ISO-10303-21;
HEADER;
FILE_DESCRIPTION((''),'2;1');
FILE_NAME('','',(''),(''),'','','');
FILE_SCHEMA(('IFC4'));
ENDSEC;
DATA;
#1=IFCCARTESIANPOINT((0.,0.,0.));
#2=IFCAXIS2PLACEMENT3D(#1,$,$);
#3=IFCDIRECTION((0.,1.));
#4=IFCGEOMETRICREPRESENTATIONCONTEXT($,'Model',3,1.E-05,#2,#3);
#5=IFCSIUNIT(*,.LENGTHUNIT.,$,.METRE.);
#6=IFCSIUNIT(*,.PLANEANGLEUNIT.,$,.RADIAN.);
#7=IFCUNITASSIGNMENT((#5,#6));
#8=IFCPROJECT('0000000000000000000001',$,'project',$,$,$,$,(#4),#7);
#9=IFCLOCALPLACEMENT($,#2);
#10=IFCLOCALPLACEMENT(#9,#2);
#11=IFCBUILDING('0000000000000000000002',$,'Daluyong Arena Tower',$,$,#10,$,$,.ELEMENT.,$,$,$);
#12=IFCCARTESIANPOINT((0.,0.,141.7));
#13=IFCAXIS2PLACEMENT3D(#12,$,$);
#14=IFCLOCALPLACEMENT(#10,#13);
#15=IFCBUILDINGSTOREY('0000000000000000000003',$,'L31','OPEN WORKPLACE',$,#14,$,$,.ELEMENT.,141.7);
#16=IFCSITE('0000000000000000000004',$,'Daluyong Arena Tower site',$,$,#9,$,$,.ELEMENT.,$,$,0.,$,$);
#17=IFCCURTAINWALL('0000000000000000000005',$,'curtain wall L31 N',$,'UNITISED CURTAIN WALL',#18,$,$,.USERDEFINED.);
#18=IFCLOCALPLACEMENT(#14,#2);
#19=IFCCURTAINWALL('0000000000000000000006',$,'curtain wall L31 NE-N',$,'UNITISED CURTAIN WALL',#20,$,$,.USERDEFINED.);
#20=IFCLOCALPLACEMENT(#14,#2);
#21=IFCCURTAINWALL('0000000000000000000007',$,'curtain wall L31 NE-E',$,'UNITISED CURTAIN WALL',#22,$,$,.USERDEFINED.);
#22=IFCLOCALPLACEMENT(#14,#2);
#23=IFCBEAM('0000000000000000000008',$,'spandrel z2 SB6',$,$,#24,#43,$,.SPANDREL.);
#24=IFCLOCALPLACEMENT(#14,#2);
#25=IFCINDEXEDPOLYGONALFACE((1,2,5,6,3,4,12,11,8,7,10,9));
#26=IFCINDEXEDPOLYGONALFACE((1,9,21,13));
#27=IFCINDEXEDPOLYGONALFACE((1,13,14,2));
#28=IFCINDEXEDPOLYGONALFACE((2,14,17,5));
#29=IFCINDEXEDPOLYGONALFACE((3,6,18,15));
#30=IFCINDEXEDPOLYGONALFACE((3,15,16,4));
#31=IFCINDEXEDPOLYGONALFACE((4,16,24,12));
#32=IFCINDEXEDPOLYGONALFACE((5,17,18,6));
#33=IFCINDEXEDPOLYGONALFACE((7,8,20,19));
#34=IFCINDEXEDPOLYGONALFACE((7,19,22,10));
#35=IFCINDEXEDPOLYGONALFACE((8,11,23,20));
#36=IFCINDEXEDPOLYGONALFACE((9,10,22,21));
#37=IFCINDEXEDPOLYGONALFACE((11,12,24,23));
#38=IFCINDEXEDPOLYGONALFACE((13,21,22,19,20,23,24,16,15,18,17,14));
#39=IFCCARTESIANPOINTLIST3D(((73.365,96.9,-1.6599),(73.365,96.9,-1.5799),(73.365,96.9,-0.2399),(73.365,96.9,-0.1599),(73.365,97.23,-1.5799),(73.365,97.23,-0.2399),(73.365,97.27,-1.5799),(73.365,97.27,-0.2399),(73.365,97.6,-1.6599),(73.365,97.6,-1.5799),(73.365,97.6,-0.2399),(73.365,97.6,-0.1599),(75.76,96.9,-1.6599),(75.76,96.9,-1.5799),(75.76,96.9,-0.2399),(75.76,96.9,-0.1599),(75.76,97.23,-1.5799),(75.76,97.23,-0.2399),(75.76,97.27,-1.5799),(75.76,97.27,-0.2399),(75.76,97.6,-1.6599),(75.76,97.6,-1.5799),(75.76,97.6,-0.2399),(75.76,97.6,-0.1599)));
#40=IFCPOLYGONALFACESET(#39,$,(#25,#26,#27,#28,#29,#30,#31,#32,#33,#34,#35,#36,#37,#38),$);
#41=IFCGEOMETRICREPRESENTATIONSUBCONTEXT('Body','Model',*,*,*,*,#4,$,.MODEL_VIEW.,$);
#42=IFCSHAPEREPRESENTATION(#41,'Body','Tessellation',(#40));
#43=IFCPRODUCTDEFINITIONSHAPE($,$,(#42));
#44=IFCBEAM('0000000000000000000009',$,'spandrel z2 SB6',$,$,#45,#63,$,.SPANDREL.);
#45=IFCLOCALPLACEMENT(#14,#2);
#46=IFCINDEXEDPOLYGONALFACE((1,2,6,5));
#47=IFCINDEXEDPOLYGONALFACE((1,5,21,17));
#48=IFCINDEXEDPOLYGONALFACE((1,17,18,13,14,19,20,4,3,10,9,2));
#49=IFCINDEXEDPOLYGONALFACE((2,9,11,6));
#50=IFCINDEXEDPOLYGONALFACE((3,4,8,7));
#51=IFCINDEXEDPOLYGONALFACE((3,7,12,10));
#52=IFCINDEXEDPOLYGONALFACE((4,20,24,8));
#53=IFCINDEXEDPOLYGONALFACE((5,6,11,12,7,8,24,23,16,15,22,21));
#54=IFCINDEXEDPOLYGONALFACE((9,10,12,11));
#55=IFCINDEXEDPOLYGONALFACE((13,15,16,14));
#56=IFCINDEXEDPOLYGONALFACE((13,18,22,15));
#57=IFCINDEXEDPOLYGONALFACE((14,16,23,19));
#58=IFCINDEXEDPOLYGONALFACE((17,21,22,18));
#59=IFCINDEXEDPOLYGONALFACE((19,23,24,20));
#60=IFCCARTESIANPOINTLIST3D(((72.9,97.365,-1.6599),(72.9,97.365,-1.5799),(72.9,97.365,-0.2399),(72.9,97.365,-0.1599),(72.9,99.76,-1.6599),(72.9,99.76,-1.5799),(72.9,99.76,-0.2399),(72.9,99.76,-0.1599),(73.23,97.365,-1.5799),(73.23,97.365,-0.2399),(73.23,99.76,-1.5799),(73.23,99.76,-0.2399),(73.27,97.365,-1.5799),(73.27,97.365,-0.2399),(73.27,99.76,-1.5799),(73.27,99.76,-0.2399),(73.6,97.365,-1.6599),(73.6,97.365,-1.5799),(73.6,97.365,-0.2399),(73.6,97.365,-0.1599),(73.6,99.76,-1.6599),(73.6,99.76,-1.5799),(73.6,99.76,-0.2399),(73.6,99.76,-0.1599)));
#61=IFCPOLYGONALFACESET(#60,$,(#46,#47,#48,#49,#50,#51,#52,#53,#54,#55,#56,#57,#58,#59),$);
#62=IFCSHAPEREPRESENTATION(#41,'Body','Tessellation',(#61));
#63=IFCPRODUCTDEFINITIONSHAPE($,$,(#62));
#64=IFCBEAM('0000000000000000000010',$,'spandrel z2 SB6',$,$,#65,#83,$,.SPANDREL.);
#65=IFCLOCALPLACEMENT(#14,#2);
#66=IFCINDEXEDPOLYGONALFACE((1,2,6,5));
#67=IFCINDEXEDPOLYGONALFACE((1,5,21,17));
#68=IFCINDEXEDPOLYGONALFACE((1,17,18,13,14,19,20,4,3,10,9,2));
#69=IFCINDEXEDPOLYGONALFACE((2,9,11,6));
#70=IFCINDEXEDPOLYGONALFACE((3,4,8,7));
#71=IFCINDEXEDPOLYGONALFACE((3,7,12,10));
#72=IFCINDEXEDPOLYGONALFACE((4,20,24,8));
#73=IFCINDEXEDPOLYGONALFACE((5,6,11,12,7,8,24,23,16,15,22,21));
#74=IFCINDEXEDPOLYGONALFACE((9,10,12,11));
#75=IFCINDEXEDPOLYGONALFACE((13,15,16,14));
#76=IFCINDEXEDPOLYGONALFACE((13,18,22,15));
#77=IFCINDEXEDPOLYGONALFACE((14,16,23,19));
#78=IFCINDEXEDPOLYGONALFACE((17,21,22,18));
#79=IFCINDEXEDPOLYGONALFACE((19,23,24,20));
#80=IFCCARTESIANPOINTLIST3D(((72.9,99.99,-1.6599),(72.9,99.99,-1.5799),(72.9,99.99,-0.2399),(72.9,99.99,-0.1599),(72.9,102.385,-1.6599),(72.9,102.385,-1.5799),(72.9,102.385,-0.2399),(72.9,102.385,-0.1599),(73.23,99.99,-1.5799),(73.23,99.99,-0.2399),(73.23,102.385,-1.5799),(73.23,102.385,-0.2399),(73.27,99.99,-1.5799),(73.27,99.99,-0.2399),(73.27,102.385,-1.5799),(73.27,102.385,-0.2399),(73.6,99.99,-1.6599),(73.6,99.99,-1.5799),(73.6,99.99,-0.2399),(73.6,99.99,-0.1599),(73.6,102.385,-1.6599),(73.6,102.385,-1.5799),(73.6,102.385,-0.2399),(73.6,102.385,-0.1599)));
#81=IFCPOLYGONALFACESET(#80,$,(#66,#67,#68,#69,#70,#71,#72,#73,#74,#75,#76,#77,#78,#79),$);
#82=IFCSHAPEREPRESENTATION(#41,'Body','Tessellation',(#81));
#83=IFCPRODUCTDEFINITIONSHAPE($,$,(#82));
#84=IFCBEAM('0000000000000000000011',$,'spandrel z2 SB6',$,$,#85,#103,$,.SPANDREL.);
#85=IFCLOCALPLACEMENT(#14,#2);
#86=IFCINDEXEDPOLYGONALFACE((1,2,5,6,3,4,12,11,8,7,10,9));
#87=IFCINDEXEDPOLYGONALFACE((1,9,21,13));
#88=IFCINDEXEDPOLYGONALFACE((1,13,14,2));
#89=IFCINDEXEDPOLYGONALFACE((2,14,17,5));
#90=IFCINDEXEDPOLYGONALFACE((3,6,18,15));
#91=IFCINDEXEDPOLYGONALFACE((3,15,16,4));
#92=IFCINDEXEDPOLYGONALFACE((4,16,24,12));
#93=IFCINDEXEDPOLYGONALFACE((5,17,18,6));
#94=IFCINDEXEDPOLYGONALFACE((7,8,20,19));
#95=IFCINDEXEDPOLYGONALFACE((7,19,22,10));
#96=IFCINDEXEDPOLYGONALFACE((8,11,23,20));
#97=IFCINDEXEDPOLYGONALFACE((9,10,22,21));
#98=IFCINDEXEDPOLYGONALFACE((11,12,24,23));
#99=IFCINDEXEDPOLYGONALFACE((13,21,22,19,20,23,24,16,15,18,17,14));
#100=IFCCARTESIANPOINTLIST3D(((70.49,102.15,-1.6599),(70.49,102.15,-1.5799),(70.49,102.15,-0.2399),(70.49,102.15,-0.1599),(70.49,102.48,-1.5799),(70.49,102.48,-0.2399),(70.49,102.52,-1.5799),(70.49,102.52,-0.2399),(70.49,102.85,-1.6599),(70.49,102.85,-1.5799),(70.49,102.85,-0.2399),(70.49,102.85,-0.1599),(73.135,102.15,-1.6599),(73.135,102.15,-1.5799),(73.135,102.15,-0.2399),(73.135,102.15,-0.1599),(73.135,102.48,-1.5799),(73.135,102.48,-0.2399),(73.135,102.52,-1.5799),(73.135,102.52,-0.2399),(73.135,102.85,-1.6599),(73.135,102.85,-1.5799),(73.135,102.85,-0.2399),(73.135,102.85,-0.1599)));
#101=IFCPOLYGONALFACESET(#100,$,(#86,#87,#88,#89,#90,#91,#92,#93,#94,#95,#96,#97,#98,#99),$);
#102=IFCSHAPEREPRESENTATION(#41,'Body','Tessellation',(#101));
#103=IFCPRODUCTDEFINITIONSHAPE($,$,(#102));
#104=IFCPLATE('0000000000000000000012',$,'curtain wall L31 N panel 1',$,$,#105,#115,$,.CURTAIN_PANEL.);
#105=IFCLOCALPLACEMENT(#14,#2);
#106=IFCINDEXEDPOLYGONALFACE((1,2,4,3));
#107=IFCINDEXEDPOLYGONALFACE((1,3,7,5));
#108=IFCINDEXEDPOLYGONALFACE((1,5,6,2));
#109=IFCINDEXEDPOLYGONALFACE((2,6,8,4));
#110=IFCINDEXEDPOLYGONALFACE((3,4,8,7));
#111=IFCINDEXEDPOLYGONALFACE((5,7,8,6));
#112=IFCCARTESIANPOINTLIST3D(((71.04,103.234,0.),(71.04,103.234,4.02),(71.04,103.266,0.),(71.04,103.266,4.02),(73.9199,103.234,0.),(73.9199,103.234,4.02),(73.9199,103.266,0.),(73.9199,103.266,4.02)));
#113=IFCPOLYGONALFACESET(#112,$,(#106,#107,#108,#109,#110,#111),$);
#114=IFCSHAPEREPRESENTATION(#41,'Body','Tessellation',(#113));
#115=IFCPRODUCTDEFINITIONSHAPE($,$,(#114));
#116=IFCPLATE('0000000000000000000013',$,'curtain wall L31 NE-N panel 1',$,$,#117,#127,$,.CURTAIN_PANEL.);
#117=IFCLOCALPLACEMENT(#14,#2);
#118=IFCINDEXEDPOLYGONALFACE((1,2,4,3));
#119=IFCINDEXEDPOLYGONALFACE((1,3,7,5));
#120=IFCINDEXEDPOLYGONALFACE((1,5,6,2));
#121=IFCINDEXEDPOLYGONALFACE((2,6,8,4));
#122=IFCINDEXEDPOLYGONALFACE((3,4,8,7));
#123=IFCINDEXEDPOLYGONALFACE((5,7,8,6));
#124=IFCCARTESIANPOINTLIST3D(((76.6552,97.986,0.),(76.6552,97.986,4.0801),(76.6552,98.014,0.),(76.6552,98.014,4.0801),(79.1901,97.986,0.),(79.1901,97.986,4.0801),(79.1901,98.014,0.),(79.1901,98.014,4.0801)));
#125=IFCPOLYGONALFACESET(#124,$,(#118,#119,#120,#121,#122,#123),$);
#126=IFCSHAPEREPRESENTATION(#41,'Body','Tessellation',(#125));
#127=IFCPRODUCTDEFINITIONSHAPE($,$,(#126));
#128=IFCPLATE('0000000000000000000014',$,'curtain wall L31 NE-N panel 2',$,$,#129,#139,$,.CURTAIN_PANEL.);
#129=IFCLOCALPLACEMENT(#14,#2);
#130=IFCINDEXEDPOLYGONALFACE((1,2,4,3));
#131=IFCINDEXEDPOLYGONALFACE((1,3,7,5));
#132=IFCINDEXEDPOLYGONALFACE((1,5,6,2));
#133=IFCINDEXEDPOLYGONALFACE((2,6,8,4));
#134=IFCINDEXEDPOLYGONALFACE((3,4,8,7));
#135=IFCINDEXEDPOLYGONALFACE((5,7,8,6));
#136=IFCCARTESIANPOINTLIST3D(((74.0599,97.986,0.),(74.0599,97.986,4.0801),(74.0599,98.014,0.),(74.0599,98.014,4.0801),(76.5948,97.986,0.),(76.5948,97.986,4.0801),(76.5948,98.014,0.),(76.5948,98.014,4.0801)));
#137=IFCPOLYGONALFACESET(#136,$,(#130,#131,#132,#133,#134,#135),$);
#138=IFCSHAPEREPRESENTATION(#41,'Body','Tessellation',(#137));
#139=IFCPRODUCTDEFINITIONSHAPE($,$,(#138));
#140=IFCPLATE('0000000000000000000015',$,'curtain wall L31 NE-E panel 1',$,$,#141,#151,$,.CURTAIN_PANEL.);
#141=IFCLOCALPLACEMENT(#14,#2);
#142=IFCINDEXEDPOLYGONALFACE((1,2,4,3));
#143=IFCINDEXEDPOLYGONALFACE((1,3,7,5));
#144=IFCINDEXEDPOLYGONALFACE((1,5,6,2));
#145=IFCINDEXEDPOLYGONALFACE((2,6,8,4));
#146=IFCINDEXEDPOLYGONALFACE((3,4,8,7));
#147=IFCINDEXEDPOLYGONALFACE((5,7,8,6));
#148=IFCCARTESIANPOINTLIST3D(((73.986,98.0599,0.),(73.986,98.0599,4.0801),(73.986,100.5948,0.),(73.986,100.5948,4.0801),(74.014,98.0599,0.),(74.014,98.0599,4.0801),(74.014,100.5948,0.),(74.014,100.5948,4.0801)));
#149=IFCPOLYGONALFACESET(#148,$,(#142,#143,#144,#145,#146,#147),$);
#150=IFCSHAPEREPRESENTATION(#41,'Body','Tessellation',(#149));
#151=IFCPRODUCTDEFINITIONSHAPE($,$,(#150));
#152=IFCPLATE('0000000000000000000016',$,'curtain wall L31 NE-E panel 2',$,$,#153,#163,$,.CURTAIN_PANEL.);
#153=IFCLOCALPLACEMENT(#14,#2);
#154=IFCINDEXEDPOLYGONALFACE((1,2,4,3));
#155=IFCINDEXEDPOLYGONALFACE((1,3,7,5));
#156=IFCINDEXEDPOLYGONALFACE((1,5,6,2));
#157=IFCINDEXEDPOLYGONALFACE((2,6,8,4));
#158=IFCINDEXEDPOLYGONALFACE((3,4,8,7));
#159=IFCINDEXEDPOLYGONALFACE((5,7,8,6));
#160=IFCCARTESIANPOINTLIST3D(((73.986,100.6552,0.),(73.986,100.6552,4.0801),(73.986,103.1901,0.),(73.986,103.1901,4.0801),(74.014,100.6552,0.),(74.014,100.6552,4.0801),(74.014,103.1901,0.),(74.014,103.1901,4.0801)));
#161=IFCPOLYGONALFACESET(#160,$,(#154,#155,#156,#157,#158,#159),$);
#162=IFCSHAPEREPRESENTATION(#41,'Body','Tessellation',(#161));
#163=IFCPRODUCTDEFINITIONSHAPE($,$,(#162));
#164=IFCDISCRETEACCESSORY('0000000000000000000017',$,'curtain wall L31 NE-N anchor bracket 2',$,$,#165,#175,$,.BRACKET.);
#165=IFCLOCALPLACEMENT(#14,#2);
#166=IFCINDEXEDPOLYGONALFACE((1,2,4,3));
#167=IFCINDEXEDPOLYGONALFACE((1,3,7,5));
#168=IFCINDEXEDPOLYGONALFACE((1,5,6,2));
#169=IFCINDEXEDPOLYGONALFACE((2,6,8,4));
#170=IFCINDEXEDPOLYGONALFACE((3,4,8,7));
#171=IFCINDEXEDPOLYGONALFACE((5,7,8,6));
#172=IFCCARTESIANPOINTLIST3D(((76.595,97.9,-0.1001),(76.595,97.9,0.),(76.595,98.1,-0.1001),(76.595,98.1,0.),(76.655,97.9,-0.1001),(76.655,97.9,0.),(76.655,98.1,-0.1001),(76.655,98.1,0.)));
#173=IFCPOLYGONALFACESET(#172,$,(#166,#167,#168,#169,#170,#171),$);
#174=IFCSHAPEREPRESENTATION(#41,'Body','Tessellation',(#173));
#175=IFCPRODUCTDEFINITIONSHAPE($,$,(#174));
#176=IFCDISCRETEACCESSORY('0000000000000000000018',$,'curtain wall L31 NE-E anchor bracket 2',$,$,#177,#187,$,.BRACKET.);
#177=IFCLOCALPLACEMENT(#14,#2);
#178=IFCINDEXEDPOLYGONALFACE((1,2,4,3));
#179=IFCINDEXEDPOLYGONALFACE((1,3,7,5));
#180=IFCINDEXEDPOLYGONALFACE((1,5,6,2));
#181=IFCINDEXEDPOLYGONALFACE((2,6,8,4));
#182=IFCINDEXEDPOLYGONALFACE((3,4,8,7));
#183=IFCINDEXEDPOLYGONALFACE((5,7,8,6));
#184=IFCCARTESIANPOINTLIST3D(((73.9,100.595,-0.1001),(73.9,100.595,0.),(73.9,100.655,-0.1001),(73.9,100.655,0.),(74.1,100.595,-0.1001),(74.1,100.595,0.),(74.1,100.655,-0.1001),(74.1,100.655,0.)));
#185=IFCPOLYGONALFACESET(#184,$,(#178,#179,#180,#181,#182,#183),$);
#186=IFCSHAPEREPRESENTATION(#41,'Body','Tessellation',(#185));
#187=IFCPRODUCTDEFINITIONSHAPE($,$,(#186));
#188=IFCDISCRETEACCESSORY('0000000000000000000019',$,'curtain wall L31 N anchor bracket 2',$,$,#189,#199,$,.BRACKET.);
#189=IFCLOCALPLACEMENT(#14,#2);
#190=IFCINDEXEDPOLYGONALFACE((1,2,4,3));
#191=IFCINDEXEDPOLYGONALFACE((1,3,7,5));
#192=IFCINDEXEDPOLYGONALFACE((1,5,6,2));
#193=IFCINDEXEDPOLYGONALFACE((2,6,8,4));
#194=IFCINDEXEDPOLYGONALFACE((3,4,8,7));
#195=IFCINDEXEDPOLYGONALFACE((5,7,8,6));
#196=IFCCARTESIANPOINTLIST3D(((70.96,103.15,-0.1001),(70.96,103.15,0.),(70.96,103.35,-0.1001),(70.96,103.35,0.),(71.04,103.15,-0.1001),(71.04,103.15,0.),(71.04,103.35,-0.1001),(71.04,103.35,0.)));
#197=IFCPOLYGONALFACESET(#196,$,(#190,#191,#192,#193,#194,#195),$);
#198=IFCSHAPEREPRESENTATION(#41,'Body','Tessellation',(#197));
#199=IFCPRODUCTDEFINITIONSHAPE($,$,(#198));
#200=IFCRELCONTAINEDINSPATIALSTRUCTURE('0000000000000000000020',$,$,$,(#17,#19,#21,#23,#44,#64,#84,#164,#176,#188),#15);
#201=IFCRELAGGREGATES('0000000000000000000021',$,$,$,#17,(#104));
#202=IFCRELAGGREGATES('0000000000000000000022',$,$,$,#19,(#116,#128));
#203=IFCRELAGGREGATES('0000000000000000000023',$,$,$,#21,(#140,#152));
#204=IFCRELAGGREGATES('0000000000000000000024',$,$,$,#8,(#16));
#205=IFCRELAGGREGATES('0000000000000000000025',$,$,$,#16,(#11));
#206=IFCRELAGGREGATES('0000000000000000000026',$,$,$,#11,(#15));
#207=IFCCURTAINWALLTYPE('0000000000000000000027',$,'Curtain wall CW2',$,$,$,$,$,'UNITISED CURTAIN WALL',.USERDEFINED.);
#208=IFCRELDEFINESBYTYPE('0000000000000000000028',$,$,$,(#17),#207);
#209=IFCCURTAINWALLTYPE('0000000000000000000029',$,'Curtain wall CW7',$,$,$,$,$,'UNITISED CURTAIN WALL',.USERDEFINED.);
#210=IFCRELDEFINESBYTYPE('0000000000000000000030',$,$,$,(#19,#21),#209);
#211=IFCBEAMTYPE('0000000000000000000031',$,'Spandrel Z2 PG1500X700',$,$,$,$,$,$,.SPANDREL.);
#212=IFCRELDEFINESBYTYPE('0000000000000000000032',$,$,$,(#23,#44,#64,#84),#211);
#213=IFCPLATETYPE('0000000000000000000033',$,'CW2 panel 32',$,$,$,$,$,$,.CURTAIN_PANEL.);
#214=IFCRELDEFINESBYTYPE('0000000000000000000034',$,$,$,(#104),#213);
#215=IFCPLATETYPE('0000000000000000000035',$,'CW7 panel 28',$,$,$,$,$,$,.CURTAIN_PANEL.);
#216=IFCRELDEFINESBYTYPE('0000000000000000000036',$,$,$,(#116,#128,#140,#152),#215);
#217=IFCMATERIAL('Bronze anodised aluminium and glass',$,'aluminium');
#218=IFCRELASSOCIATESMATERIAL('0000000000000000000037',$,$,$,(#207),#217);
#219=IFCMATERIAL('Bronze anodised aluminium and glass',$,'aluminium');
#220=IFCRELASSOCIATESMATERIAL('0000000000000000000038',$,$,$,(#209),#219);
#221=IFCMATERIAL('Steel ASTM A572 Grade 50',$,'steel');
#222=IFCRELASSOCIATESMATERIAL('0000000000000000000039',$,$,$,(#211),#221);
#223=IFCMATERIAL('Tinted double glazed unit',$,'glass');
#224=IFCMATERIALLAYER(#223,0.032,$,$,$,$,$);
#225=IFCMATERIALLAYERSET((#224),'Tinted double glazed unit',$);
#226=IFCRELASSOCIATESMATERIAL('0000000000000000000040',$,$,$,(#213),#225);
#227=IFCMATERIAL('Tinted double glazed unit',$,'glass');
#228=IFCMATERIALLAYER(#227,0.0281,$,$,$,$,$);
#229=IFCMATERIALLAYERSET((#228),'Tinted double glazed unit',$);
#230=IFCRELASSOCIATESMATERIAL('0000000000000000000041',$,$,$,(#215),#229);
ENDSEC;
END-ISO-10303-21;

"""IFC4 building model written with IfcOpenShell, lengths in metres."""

from ifc_helpers import new_model, si_unit, direction, frame, origin, origin_2d, place, context, subcontext, project, spatial, rectangle, i_section, extrude, material, layer, layer_set, material_profile, profile_set, type_object, element, aggregate, save


model = new_model("IFC4")

# Units and contexts
model_context = context("Model", 3, precision=1e-05, world=origin(), true_north=direction((0.0, 1.0)))
body_context = subcontext(model_context, "Body", "Model", "MODEL_VIEW")
ifc_project = project(units=[si_unit("LENGTHUNIT", "METRE"), si_unit("PLANEANGLEUNIT", "RADIAN")], contexts=[model_context])

# Site, building, storey
site_placement = place(None, origin())
site = spatial("IfcSite", under=ifc_project, at=site_placement, Name="Daluyong Arena Tower site", CompositionType="ELEMENT", RefElevation=0.0)
building_placement = place(site_placement, origin())
building = spatial("IfcBuilding", under=site, at=building_placement, Name="Daluyong Arena Tower", CompositionType="ELEMENT")
storey_placement = place(building_placement, frame((0.0, 0.0, 141.7)))
storey = spatial("IfcBuildingStorey", under=building, at=storey_placement, Name="L31", Description="OPEN WORKPLACE", CompositionType="ELEMENT", Elevation=141.7)

# Shared definitions
ifc_material_1 = material(Name="Bronze anodised aluminium and glass", Category="aluminium")
curtain_wall_type_1 = type_object("IfcCurtainWallType", Name="Curtain wall CW2", ElementType="UNITISED CURTAIN WALL", PredefinedType="USERDEFINED", material=ifc_material_1)

# Curtain walls
curtain_wall_1_placement = place(storey_placement, origin())
curtain_wall_1 = element("IfcCurtainWall", 1, at=curtain_wall_1_placement, inside=storey, type_object=curtain_wall_type_1, Name="curtain wall L31 N", ObjectType="UNITISED CURTAIN WALL", PredefinedType="USERDEFINED")
ifc_material_2 = material(Name="Bronze anodised aluminium and glass", Category="aluminium")
curtain_wall_type_2 = type_object("IfcCurtainWallType", Name="Curtain wall CW7", ElementType="UNITISED CURTAIN WALL", PredefinedType="USERDEFINED", material=ifc_material_2)
curtain_wall_2_placement = place(storey_placement, origin())
curtain_wall_2 = element("IfcCurtainWall", 2, at=curtain_wall_2_placement, inside=storey, type_object=curtain_wall_type_2, Name="curtain wall L31 NE-N", ObjectType="UNITISED CURTAIN WALL", PredefinedType="USERDEFINED")
curtain_wall_3_placement = place(storey_placement, origin())
curtain_wall_3 = element("IfcCurtainWall", 3, at=curtain_wall_3_placement, inside=storey, type_object=curtain_wall_type_2, Name="curtain wall L31 NE-E", ObjectType="UNITISED CURTAIN WALL", PredefinedType="USERDEFINED")

# Beams
ifc_material_3 = material(Name="Steel ASTM A572 Grade 50", Category="steel")
ifc_material_profile_1 = material_profile(ifc_material_3, i_section(OverallWidth=0.7, OverallDepth=1.5, WebThickness=0.04, FlangeThickness=0.08, at=origin_2d()))
ifc_profile_set_1 = profile_set([ifc_material_profile_1], Name="Steel ASTM A572 Grade 50")
beam_type_1 = type_object("IfcBeamType", Name="Spandrel Z2 PG1500X700", PredefinedType="SPANDREL", material=ifc_profile_set_1)
for number, where, z_axis, x_axis, name in (
    (4, (75.76, 97.25, -0.9099), (-1.0, 0.0, 0.0), (0.0, -1.0, 0.0), "spandrel z2 SB6"),
    (5, (73.25, 97.365, -0.9099), (0.0, 1.0, 0.0), (-1.0, 0.0, 0.0), "spandrel z2 SB6"),
    (6, (73.25, 99.99, -0.9099), (0.0, 1.0, 0.0), (-1.0, 0.0, 0.0), "spandrel z2 SB6"),
):
    element("IfcBeam", number, at=place(storey_placement, frame(where, z_axis=z_axis, x_axis=x_axis)), inside=storey, type_object=beam_type_1, Name=name, PredefinedType="SPANDREL", context=body_context, shape_type="SweptSolid", body=[
        extrude(i_section(OverallWidth=0.7, OverallDepth=1.5, WebThickness=0.04, FlangeThickness=0.08, at=origin_2d()), origin(), (0.0, 0.0, 1.0), 2.395),
    ])
beam_1_placement = place(storey_placement, frame((73.135, 102.5, -0.9099), z_axis=(-1.0, 0.0, 0.0), x_axis=(0.0, -1.0, 0.0)))
element("IfcBeam", 7, at=beam_1_placement, inside=storey, type_object=beam_type_1, Name="spandrel z2 SB6", PredefinedType="SPANDREL", context=body_context, shape_type="SweptSolid", body=[
    extrude(i_section(OverallWidth=0.7, OverallDepth=1.5, WebThickness=0.04, FlangeThickness=0.08, at=origin_2d()), origin(), (0.0, 0.0, 1.0), 2.645),
])

# Plates
ifc_material_4 = material(Name="Tinted double glazed unit", Category="glass")
ifc_layer_1 = layer(ifc_material_4, 0.032)
ifc_layer_set_1 = layer_set([ifc_layer_1], Name="Tinted double glazed unit")
plate_type_1 = type_object("IfcPlateType", Name="CW2 panel 32", PredefinedType="CURTAIN_PANEL", material=ifc_layer_set_1)
plate_1_placement = place(storey_placement, frame((72.48, 103.25, 0.0), z_axis=(0.0, 0.0, 1.0), x_axis=(-1.0, 0.0, 0.0)))
plate_1 = element("IfcPlate", 8, at=plate_1_placement, type_object=plate_type_1, Name="curtain wall L31 N panel 1", PredefinedType="CURTAIN_PANEL", context=body_context, shape_type="SweptSolid", body=[
    extrude(rectangle(XDim=2.8799, YDim=0.032, at=origin_2d()), origin(), (0.0, 0.0, 1.0), 4.02),
])
aggregate(curtain_wall_1, [plate_1])
ifc_material_5 = material(Name="Tinted double glazed unit", Category="glass")
ifc_layer_2 = layer(ifc_material_5, 0.0281)
ifc_layer_set_2 = layer_set([ifc_layer_2], Name="Tinted double glazed unit")
plate_type_2 = type_object("IfcPlateType", Name="CW7 panel 28", PredefinedType="CURTAIN_PANEL", material=ifc_layer_set_2)
plate_2_placement = place(storey_placement, frame((77.9226, 98.0, 0.0), z_axis=(0.0, 0.0, 1.0), x_axis=(-1.0, 0.0, 0.0)))
plate_2 = element("IfcPlate", 9, at=plate_2_placement, type_object=plate_type_2, Name="curtain wall L31 NE-N panel 1", PredefinedType="CURTAIN_PANEL", context=body_context, shape_type="SweptSolid", body=[
    extrude(rectangle(XDim=2.5349, YDim=0.0281, at=origin_2d()), origin(), (0.0, 0.0, 1.0), 4.0801),
])
plate_3_placement = place(storey_placement, frame((75.3274, 98.0, 0.0), z_axis=(0.0, 0.0, 1.0), x_axis=(-1.0, 0.0, 0.0)))
plate_3 = element("IfcPlate", 10, at=plate_3_placement, type_object=plate_type_2, Name="curtain wall L31 NE-N panel 2", PredefinedType="CURTAIN_PANEL", context=body_context, shape_type="SweptSolid", body=[
    extrude(rectangle(XDim=2.5349, YDim=0.0281, at=origin_2d()), origin(), (0.0, 0.0, 1.0), 4.0801),
])
aggregate(curtain_wall_2, [plate_2, plate_3])
plate_4_placement = place(storey_placement, frame((74.0, 99.3274, 0.0), z_axis=(0.0, 0.0, 1.0), x_axis=(0.0, 1.0, 0.0)))
plate_4 = element("IfcPlate", 11, at=plate_4_placement, type_object=plate_type_2, Name="curtain wall L31 NE-E panel 1", PredefinedType="CURTAIN_PANEL", context=body_context, shape_type="SweptSolid", body=[
    extrude(rectangle(XDim=2.5349, YDim=0.0281, at=origin_2d()), origin(), (0.0, 0.0, 1.0), 4.0801),
])
plate_5_placement = place(storey_placement, frame((74.0, 101.9226, 0.0), z_axis=(0.0, 0.0, 1.0), x_axis=(0.0, 1.0, 0.0)))
plate_5 = element("IfcPlate", 12, at=plate_5_placement, type_object=plate_type_2, Name="curtain wall L31 NE-E panel 2", PredefinedType="CURTAIN_PANEL", context=body_context, shape_type="SweptSolid", body=[
    extrude(rectangle(XDim=2.5349, YDim=0.0281, at=origin_2d()), origin(), (0.0, 0.0, 1.0), 4.0801),
])
aggregate(curtain_wall_3, [plate_4, plate_5])

# Discrete accessories
for number, where, z_axis, x_axis, name in (
    (13, (76.625, 98.0, -0.1001), (0.0, 0.0, 1.0), (-1.0, 0.0, 0.0), "curtain wall L31 NE-N anchor bracket 2"),
    (14, (74.0, 100.625, -0.1001), (0.0, 0.0, 1.0), (0.0, 1.0, 0.0), "curtain wall L31 NE-E anchor bracket 2"),
):
    element("IfcDiscreteAccessory", number, at=place(storey_placement, frame(where, z_axis=z_axis, x_axis=x_axis)), inside=storey, Name=name, PredefinedType="BRACKET", context=body_context, shape_type="SweptSolid", body=[
        extrude(rectangle(XDim=0.0601, YDim=0.2, at=origin_2d()), origin(), (0.0, 0.0, 1.0), 0.1001),
    ])
discrete_accessory_placement = place(storey_placement, frame((71.0, 103.25, -0.1001), z_axis=(0.0, 0.0, 1.0), x_axis=(-1.0, 0.0, 0.0)))
element("IfcDiscreteAccessory", 15, at=discrete_accessory_placement, inside=storey, Name="curtain wall L31 N anchor bracket 2", PredefinedType="BRACKET", context=body_context, shape_type="SweptSolid", body=[
    extrude(rectangle(XDim=0.0801, YDim=0.2, at=origin_2d()), origin(), (0.0, 0.0, 1.0), 0.1001),
])

save(model, "model.ifc")
